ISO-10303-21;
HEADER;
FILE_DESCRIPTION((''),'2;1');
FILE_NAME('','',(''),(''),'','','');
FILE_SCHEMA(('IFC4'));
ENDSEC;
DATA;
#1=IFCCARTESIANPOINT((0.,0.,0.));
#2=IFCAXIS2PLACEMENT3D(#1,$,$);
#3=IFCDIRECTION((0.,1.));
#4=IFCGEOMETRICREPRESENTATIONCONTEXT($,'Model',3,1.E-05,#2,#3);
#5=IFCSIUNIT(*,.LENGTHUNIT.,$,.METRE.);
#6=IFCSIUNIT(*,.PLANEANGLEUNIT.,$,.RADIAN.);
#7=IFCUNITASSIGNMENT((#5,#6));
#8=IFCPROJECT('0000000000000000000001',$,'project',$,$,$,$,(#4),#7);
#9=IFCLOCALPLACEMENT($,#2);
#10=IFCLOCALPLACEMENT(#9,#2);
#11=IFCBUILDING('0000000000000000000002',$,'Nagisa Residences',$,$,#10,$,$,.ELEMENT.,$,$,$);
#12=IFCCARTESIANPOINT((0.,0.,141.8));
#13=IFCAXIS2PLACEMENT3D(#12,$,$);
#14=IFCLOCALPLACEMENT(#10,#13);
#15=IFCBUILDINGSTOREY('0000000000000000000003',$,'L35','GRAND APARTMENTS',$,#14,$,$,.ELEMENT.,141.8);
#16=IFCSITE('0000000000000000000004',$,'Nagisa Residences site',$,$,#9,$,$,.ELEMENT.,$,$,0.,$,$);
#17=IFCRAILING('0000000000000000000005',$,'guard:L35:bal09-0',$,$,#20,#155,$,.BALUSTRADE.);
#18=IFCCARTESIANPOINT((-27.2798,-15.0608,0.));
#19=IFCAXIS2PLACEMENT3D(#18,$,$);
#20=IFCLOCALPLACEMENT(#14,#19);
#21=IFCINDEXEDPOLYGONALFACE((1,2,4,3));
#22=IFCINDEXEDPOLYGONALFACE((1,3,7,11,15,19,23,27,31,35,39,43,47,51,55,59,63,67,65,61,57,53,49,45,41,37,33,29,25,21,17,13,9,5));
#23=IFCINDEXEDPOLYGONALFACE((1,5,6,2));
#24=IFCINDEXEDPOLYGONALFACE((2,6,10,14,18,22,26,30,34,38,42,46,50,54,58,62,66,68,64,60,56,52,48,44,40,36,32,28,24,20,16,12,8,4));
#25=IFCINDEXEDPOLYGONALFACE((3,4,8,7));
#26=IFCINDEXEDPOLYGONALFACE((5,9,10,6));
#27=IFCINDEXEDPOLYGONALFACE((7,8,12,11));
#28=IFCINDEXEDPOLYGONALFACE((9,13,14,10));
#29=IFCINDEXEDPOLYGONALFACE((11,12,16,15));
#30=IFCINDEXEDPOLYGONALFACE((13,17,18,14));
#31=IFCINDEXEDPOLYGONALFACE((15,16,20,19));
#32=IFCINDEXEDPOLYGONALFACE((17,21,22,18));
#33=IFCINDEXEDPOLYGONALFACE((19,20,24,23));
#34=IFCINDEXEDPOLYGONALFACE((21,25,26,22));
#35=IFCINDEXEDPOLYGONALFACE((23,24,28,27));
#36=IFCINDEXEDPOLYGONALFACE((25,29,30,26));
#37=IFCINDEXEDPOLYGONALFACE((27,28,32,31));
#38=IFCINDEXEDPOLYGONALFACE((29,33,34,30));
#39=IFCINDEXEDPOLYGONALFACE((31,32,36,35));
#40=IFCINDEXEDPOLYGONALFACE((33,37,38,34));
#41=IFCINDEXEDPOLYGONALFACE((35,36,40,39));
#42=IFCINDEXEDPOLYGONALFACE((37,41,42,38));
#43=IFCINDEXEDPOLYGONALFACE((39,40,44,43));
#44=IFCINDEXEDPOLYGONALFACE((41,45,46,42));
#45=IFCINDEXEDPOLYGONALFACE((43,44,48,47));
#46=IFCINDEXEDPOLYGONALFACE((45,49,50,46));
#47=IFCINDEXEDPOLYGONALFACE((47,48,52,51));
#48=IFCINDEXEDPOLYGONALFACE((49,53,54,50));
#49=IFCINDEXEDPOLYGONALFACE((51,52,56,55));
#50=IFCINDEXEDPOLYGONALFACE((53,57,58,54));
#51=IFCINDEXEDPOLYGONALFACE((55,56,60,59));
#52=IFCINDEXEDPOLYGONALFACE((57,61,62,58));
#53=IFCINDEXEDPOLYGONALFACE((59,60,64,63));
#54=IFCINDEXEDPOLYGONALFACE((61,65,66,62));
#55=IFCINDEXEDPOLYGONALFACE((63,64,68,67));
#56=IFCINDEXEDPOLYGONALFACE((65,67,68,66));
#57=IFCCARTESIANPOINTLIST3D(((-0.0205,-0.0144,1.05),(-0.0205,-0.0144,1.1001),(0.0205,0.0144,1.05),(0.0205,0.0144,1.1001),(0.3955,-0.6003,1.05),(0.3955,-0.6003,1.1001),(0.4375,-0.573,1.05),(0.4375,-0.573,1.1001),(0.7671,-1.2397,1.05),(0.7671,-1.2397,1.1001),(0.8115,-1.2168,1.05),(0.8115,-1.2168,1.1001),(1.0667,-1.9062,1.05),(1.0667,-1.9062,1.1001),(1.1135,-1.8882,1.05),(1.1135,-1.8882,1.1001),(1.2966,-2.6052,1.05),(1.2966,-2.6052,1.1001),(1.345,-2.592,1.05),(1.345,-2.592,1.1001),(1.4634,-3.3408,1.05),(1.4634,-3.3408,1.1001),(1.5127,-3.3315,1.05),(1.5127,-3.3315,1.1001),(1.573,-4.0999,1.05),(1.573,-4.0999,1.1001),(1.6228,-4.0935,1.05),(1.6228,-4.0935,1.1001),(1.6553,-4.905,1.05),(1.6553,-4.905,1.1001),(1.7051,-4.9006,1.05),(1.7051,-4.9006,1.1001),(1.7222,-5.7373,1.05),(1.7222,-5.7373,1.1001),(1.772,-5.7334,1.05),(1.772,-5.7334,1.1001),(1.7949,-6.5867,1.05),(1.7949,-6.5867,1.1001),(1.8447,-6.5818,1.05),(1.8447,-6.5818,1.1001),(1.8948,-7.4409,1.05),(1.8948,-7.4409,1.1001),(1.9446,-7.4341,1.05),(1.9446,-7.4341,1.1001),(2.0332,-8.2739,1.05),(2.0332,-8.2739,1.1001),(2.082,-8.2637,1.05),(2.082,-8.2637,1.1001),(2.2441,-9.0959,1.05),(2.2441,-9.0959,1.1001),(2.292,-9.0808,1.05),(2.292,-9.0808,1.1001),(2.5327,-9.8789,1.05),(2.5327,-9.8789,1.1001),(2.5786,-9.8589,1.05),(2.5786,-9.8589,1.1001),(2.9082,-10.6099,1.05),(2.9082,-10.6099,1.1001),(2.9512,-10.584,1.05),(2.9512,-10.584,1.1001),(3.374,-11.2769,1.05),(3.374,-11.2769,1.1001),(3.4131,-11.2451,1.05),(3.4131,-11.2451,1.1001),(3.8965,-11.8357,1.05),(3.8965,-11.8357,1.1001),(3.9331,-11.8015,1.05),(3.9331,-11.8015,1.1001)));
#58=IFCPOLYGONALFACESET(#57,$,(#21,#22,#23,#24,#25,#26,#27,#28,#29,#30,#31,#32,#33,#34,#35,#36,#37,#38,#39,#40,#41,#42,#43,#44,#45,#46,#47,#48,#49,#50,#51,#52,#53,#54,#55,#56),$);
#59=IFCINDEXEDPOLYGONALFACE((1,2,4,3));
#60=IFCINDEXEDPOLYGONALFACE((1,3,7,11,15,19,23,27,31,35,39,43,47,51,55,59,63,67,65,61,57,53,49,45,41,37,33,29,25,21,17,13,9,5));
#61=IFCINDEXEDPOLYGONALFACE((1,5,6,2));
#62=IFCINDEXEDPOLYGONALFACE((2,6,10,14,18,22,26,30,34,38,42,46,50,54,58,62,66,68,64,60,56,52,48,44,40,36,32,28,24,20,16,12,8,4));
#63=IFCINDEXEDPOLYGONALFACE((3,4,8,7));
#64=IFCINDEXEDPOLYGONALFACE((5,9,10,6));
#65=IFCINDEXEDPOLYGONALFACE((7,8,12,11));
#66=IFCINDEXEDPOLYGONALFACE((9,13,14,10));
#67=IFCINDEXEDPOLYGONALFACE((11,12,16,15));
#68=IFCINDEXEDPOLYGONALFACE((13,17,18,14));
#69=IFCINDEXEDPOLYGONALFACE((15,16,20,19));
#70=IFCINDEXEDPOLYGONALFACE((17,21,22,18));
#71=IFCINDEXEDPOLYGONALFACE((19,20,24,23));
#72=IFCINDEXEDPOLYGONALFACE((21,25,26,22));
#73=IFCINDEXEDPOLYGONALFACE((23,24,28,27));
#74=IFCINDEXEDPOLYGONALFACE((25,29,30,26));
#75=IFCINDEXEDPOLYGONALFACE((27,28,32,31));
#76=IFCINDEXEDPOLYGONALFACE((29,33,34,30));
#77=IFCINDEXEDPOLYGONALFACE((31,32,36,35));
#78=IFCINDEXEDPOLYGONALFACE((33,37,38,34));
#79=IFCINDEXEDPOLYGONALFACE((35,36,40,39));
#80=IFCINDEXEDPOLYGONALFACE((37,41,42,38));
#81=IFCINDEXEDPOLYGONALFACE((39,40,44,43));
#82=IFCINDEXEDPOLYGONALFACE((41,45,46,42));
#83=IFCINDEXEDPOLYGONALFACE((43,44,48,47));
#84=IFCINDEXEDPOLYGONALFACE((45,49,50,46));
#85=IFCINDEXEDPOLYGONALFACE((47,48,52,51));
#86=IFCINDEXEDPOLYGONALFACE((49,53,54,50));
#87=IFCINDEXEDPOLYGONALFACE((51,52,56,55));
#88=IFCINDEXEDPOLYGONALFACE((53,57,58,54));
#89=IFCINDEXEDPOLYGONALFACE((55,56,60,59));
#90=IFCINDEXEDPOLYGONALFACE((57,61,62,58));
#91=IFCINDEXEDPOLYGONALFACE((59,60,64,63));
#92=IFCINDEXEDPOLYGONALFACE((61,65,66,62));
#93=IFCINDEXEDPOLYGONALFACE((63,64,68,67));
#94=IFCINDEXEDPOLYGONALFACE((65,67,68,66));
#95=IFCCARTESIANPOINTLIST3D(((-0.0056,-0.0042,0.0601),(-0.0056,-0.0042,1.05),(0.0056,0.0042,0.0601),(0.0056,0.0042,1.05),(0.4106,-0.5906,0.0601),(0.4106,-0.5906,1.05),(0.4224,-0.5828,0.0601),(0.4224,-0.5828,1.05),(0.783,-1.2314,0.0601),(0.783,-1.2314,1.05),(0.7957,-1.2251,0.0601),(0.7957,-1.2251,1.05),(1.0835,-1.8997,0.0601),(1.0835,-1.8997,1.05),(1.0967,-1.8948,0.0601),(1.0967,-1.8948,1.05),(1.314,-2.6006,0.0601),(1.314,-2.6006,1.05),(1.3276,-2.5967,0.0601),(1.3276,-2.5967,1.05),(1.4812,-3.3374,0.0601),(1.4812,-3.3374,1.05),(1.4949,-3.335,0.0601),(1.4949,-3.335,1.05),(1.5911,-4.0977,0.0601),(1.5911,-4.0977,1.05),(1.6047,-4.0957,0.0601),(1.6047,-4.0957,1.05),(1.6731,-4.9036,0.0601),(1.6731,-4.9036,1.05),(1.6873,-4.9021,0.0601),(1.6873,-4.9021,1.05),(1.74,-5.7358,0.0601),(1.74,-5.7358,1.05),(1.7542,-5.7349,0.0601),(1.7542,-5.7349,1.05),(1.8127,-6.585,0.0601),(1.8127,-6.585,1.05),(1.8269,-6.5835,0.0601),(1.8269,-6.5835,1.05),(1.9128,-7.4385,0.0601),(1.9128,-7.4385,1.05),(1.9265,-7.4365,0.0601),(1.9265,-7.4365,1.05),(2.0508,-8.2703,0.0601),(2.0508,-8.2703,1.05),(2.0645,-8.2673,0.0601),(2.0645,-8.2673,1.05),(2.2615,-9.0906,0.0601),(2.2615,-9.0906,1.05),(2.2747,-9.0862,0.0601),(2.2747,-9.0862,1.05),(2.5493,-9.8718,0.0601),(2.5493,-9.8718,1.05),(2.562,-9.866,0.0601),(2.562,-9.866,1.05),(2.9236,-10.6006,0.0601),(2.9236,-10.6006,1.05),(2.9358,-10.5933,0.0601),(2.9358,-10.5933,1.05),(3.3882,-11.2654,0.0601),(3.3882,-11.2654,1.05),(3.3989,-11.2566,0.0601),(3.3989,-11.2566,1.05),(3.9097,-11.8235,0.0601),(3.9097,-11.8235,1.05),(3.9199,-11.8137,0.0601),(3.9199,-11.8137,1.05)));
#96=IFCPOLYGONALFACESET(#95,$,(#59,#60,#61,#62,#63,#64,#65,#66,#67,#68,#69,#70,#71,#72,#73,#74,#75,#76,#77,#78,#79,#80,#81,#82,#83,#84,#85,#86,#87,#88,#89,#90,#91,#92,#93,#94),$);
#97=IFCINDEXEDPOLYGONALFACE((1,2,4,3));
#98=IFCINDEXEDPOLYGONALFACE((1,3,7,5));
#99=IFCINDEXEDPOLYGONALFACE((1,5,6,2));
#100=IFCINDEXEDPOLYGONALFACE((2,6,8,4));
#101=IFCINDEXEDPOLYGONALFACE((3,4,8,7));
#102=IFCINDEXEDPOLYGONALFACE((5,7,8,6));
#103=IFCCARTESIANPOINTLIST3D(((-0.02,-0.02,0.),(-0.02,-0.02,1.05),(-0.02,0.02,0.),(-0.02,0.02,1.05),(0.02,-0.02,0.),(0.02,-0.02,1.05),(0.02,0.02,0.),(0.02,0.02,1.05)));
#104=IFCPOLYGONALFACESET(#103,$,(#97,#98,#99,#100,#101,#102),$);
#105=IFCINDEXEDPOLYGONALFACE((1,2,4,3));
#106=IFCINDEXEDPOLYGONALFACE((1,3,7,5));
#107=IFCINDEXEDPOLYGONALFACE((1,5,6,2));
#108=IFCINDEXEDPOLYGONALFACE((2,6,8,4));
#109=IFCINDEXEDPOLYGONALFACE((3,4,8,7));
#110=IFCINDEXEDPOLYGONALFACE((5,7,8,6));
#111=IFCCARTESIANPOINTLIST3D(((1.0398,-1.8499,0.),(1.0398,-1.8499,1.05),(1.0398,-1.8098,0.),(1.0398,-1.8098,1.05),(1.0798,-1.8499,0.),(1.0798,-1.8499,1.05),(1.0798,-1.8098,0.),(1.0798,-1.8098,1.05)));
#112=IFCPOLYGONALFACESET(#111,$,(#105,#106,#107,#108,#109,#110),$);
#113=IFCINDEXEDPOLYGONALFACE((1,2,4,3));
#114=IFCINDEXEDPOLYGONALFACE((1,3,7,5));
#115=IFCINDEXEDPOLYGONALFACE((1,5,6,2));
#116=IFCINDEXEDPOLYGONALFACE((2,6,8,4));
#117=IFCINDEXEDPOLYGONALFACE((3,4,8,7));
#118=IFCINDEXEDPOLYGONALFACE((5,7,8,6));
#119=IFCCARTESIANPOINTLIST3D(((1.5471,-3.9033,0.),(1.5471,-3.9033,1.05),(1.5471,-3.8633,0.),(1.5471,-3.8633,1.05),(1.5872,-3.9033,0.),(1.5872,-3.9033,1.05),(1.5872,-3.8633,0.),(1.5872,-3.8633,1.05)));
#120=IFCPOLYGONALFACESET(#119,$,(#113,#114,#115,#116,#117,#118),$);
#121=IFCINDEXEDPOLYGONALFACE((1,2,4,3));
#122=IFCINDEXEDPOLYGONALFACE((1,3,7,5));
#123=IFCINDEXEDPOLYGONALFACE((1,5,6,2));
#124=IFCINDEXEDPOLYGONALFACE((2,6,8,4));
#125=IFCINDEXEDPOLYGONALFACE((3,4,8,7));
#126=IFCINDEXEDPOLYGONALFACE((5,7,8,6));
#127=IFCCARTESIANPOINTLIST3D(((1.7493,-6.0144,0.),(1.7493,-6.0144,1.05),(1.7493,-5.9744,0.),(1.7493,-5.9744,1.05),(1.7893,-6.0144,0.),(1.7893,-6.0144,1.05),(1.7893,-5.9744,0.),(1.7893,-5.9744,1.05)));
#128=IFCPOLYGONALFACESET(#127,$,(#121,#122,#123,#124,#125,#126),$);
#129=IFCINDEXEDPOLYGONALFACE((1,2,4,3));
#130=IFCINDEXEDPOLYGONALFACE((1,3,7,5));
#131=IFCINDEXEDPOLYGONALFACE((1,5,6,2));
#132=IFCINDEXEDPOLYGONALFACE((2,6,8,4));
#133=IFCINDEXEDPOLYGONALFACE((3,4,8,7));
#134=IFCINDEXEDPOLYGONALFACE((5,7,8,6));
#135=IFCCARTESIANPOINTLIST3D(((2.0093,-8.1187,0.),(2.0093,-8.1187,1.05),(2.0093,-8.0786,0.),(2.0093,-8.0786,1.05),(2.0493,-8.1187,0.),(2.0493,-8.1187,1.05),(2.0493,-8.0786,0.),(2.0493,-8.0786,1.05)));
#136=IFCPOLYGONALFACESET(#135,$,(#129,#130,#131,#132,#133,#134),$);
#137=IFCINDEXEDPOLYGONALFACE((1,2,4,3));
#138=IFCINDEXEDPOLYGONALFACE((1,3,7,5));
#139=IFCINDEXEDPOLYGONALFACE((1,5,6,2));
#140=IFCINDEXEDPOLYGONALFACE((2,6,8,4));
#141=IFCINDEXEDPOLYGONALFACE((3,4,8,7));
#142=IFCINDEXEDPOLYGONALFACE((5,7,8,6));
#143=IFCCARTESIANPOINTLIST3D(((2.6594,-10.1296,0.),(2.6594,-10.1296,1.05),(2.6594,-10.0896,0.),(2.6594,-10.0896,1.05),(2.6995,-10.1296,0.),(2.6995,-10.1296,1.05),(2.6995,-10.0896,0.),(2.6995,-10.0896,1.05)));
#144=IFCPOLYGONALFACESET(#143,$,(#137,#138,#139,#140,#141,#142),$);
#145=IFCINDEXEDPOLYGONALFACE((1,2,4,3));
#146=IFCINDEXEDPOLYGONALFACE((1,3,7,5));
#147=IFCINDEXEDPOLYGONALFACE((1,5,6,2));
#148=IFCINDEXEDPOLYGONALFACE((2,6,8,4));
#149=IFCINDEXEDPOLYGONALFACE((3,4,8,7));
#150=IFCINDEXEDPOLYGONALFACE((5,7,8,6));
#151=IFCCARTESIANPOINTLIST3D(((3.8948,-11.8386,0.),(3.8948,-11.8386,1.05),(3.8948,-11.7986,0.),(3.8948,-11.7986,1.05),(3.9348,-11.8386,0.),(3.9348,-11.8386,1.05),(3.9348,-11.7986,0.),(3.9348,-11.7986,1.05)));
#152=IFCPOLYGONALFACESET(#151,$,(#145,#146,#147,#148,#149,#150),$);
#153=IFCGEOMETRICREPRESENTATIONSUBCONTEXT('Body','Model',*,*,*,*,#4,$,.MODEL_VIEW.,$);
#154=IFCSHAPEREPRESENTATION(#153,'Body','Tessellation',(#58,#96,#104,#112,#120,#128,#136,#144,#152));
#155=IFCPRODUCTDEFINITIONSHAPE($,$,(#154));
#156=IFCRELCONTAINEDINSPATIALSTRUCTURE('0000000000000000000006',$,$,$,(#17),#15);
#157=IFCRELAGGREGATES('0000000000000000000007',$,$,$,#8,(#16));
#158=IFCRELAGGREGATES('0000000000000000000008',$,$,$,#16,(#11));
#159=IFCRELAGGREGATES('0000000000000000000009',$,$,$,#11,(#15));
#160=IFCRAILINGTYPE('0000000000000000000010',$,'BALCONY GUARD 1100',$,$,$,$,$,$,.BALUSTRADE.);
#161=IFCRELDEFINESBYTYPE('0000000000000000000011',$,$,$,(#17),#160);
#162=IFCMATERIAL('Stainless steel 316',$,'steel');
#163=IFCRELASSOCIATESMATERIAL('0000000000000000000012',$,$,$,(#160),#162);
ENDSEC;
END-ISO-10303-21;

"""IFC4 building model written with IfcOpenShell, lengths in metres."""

from ifc_helpers import new_model, si_unit, direction, frame, origin, origin_2d, place, context, subcontext, project, spatial, polyline, rectangle, outline, extrude, material, type_object, element, save


model = new_model("IFC4")

# Units and contexts
model_context = context("Model", 3, precision=1e-05, world=origin(), true_north=direction((0.0, 1.0)))
body_context = subcontext(model_context, "Body", "Model", "MODEL_VIEW")
ifc_project = project(units=[si_unit("LENGTHUNIT", "METRE"), si_unit("PLANEANGLEUNIT", "RADIAN")], contexts=[model_context])

# Site, building, storey
site_placement = place(None, origin())
site = spatial("IfcSite", under=ifc_project, at=site_placement, Name="Nagisa Residences site", CompositionType="ELEMENT", RefElevation=0.0)
building_placement = place(site_placement, origin())
building = spatial("IfcBuilding", under=site, at=building_placement, Name="Nagisa Residences", CompositionType="ELEMENT")
storey_placement = place(building_placement, frame((0.0, 0.0, 141.8)))
storey = spatial("IfcBuildingStorey", under=building, at=storey_placement, Name="L35", Description="GRAND APARTMENTS", CompositionType="ELEMENT", Elevation=141.8)

# Railing
ifc_material_1 = material(Name="Stainless steel 316", Category="steel")
railing_type = type_object("IfcRailingType", Name="BALCONY GUARD 1100", PredefinedType="BALUSTRADE", material=ifc_material_1)
railing_1_placement = place(storey_placement, frame((-27.2798, -15.0608, 0.0)))
element("IfcRailing", 1, at=railing_1_placement, inside=storey, type_object=railing_type, Name="guard:L35:bal09-0", PredefinedType="BALUSTRADE", context=body_context, shape_type="SweptSolid", body=[
    extrude(outline(polyline([(0.4375, -0.573), (0.0205, 0.0144), (-0.0205, -0.0144), (0.3955, -0.6003), (0.7671, -1.2397), (1.0667, -1.9062), (1.2966, -2.6052), (1.4634, -3.3408), (1.573, -4.0999), (1.6553, -4.905), (1.7222, -5.7373), (1.7949, -6.5867), (1.8948, -7.4409), (2.0332, -8.2739), (2.2441, -9.0959), (2.5327, -9.8789), (2.9082, -10.6099), (3.374, -11.2769), (3.8965, -11.8357), (3.9331, -11.8015), (3.4131, -11.2451), (2.9512, -10.584), (2.5786, -9.8589), (2.292, -9.0808), (2.082, -8.2637), (1.9446, -7.4341), (1.8447, -6.5818), (1.772, -5.7334), (1.7051, -4.9006), (1.6228, -4.0935), (1.5127, -3.3315), (1.345, -2.592), (1.1135, -1.8882), (0.8115, -1.2168), (0.4375, -0.573)])), frame((0.0, 0.0, 1.05)), (0.0, 0.0, 1.0), 0.05),
    extrude(outline(polyline([(0.4224, -0.5828), (0.0056, 0.0042), (-0.0056, -0.0042), (0.4106, -0.5906), (0.783, -1.2314), (1.0835, -1.8997), (1.314, -2.6006), (1.4812, -3.3374), (1.5911, -4.0977), (1.6731, -4.9036), (1.74, -5.7358), (1.8127, -6.585), (1.9128, -7.4385), (2.0508, -8.2703), (2.2615, -9.0906), (2.5493, -9.8718), (2.9236, -10.6006), (3.3882, -11.2654), (3.9097, -11.8235), (3.9199, -11.8137), (3.3989, -11.2566), (2.9358, -10.5933), (2.562, -9.866), (2.2747, -9.0862), (2.0645, -8.2673), (1.9265, -7.4365), (1.8269, -6.5835), (1.7542, -5.7349), (1.6873, -4.9021), (1.6047, -4.0957), (1.4949, -3.335), (1.3276, -2.5967), (1.0967, -1.8948), (0.7957, -1.2251), (0.4224, -0.5828)])), frame((0.0, 0.0, 0.0601)), (0.0, 0.0, 1.0), 0.99),
    extrude(rectangle(XDim=0.04, YDim=0.04, at=origin_2d()), origin(), (0.0, 0.0, 1.0), 1.05),
    extrude(rectangle(XDim=0.04, YDim=0.04, at=origin_2d()), frame((1.0598, -1.8298, 0.0)), (0.0, 0.0, 1.0), 1.05),
    extrude(rectangle(XDim=0.04, YDim=0.04, at=origin_2d()), frame((1.5671, -3.8833, 0.0)), (0.0, 0.0, 1.0), 1.05),
    extrude(rectangle(XDim=0.04, YDim=0.04, at=origin_2d()), frame((1.7693, -5.9944, 0.0)), (0.0, 0.0, 1.0), 1.05),
    extrude(rectangle(XDim=0.04, YDim=0.04, at=origin_2d()), frame((2.0293, -8.0986, 0.0)), (0.0, 0.0, 1.0), 1.05),
    extrude(rectangle(XDim=0.04, YDim=0.04, at=origin_2d()), frame((2.6794, -10.1096, 0.0)), (0.0, 0.0, 1.0), 1.05),
    extrude(rectangle(XDim=0.04, YDim=0.04, at=origin_2d()), frame((3.9148, -11.8186, 0.0)), (0.0, 0.0, 1.0), 1.05),
])

save(model, "model.ifc")
